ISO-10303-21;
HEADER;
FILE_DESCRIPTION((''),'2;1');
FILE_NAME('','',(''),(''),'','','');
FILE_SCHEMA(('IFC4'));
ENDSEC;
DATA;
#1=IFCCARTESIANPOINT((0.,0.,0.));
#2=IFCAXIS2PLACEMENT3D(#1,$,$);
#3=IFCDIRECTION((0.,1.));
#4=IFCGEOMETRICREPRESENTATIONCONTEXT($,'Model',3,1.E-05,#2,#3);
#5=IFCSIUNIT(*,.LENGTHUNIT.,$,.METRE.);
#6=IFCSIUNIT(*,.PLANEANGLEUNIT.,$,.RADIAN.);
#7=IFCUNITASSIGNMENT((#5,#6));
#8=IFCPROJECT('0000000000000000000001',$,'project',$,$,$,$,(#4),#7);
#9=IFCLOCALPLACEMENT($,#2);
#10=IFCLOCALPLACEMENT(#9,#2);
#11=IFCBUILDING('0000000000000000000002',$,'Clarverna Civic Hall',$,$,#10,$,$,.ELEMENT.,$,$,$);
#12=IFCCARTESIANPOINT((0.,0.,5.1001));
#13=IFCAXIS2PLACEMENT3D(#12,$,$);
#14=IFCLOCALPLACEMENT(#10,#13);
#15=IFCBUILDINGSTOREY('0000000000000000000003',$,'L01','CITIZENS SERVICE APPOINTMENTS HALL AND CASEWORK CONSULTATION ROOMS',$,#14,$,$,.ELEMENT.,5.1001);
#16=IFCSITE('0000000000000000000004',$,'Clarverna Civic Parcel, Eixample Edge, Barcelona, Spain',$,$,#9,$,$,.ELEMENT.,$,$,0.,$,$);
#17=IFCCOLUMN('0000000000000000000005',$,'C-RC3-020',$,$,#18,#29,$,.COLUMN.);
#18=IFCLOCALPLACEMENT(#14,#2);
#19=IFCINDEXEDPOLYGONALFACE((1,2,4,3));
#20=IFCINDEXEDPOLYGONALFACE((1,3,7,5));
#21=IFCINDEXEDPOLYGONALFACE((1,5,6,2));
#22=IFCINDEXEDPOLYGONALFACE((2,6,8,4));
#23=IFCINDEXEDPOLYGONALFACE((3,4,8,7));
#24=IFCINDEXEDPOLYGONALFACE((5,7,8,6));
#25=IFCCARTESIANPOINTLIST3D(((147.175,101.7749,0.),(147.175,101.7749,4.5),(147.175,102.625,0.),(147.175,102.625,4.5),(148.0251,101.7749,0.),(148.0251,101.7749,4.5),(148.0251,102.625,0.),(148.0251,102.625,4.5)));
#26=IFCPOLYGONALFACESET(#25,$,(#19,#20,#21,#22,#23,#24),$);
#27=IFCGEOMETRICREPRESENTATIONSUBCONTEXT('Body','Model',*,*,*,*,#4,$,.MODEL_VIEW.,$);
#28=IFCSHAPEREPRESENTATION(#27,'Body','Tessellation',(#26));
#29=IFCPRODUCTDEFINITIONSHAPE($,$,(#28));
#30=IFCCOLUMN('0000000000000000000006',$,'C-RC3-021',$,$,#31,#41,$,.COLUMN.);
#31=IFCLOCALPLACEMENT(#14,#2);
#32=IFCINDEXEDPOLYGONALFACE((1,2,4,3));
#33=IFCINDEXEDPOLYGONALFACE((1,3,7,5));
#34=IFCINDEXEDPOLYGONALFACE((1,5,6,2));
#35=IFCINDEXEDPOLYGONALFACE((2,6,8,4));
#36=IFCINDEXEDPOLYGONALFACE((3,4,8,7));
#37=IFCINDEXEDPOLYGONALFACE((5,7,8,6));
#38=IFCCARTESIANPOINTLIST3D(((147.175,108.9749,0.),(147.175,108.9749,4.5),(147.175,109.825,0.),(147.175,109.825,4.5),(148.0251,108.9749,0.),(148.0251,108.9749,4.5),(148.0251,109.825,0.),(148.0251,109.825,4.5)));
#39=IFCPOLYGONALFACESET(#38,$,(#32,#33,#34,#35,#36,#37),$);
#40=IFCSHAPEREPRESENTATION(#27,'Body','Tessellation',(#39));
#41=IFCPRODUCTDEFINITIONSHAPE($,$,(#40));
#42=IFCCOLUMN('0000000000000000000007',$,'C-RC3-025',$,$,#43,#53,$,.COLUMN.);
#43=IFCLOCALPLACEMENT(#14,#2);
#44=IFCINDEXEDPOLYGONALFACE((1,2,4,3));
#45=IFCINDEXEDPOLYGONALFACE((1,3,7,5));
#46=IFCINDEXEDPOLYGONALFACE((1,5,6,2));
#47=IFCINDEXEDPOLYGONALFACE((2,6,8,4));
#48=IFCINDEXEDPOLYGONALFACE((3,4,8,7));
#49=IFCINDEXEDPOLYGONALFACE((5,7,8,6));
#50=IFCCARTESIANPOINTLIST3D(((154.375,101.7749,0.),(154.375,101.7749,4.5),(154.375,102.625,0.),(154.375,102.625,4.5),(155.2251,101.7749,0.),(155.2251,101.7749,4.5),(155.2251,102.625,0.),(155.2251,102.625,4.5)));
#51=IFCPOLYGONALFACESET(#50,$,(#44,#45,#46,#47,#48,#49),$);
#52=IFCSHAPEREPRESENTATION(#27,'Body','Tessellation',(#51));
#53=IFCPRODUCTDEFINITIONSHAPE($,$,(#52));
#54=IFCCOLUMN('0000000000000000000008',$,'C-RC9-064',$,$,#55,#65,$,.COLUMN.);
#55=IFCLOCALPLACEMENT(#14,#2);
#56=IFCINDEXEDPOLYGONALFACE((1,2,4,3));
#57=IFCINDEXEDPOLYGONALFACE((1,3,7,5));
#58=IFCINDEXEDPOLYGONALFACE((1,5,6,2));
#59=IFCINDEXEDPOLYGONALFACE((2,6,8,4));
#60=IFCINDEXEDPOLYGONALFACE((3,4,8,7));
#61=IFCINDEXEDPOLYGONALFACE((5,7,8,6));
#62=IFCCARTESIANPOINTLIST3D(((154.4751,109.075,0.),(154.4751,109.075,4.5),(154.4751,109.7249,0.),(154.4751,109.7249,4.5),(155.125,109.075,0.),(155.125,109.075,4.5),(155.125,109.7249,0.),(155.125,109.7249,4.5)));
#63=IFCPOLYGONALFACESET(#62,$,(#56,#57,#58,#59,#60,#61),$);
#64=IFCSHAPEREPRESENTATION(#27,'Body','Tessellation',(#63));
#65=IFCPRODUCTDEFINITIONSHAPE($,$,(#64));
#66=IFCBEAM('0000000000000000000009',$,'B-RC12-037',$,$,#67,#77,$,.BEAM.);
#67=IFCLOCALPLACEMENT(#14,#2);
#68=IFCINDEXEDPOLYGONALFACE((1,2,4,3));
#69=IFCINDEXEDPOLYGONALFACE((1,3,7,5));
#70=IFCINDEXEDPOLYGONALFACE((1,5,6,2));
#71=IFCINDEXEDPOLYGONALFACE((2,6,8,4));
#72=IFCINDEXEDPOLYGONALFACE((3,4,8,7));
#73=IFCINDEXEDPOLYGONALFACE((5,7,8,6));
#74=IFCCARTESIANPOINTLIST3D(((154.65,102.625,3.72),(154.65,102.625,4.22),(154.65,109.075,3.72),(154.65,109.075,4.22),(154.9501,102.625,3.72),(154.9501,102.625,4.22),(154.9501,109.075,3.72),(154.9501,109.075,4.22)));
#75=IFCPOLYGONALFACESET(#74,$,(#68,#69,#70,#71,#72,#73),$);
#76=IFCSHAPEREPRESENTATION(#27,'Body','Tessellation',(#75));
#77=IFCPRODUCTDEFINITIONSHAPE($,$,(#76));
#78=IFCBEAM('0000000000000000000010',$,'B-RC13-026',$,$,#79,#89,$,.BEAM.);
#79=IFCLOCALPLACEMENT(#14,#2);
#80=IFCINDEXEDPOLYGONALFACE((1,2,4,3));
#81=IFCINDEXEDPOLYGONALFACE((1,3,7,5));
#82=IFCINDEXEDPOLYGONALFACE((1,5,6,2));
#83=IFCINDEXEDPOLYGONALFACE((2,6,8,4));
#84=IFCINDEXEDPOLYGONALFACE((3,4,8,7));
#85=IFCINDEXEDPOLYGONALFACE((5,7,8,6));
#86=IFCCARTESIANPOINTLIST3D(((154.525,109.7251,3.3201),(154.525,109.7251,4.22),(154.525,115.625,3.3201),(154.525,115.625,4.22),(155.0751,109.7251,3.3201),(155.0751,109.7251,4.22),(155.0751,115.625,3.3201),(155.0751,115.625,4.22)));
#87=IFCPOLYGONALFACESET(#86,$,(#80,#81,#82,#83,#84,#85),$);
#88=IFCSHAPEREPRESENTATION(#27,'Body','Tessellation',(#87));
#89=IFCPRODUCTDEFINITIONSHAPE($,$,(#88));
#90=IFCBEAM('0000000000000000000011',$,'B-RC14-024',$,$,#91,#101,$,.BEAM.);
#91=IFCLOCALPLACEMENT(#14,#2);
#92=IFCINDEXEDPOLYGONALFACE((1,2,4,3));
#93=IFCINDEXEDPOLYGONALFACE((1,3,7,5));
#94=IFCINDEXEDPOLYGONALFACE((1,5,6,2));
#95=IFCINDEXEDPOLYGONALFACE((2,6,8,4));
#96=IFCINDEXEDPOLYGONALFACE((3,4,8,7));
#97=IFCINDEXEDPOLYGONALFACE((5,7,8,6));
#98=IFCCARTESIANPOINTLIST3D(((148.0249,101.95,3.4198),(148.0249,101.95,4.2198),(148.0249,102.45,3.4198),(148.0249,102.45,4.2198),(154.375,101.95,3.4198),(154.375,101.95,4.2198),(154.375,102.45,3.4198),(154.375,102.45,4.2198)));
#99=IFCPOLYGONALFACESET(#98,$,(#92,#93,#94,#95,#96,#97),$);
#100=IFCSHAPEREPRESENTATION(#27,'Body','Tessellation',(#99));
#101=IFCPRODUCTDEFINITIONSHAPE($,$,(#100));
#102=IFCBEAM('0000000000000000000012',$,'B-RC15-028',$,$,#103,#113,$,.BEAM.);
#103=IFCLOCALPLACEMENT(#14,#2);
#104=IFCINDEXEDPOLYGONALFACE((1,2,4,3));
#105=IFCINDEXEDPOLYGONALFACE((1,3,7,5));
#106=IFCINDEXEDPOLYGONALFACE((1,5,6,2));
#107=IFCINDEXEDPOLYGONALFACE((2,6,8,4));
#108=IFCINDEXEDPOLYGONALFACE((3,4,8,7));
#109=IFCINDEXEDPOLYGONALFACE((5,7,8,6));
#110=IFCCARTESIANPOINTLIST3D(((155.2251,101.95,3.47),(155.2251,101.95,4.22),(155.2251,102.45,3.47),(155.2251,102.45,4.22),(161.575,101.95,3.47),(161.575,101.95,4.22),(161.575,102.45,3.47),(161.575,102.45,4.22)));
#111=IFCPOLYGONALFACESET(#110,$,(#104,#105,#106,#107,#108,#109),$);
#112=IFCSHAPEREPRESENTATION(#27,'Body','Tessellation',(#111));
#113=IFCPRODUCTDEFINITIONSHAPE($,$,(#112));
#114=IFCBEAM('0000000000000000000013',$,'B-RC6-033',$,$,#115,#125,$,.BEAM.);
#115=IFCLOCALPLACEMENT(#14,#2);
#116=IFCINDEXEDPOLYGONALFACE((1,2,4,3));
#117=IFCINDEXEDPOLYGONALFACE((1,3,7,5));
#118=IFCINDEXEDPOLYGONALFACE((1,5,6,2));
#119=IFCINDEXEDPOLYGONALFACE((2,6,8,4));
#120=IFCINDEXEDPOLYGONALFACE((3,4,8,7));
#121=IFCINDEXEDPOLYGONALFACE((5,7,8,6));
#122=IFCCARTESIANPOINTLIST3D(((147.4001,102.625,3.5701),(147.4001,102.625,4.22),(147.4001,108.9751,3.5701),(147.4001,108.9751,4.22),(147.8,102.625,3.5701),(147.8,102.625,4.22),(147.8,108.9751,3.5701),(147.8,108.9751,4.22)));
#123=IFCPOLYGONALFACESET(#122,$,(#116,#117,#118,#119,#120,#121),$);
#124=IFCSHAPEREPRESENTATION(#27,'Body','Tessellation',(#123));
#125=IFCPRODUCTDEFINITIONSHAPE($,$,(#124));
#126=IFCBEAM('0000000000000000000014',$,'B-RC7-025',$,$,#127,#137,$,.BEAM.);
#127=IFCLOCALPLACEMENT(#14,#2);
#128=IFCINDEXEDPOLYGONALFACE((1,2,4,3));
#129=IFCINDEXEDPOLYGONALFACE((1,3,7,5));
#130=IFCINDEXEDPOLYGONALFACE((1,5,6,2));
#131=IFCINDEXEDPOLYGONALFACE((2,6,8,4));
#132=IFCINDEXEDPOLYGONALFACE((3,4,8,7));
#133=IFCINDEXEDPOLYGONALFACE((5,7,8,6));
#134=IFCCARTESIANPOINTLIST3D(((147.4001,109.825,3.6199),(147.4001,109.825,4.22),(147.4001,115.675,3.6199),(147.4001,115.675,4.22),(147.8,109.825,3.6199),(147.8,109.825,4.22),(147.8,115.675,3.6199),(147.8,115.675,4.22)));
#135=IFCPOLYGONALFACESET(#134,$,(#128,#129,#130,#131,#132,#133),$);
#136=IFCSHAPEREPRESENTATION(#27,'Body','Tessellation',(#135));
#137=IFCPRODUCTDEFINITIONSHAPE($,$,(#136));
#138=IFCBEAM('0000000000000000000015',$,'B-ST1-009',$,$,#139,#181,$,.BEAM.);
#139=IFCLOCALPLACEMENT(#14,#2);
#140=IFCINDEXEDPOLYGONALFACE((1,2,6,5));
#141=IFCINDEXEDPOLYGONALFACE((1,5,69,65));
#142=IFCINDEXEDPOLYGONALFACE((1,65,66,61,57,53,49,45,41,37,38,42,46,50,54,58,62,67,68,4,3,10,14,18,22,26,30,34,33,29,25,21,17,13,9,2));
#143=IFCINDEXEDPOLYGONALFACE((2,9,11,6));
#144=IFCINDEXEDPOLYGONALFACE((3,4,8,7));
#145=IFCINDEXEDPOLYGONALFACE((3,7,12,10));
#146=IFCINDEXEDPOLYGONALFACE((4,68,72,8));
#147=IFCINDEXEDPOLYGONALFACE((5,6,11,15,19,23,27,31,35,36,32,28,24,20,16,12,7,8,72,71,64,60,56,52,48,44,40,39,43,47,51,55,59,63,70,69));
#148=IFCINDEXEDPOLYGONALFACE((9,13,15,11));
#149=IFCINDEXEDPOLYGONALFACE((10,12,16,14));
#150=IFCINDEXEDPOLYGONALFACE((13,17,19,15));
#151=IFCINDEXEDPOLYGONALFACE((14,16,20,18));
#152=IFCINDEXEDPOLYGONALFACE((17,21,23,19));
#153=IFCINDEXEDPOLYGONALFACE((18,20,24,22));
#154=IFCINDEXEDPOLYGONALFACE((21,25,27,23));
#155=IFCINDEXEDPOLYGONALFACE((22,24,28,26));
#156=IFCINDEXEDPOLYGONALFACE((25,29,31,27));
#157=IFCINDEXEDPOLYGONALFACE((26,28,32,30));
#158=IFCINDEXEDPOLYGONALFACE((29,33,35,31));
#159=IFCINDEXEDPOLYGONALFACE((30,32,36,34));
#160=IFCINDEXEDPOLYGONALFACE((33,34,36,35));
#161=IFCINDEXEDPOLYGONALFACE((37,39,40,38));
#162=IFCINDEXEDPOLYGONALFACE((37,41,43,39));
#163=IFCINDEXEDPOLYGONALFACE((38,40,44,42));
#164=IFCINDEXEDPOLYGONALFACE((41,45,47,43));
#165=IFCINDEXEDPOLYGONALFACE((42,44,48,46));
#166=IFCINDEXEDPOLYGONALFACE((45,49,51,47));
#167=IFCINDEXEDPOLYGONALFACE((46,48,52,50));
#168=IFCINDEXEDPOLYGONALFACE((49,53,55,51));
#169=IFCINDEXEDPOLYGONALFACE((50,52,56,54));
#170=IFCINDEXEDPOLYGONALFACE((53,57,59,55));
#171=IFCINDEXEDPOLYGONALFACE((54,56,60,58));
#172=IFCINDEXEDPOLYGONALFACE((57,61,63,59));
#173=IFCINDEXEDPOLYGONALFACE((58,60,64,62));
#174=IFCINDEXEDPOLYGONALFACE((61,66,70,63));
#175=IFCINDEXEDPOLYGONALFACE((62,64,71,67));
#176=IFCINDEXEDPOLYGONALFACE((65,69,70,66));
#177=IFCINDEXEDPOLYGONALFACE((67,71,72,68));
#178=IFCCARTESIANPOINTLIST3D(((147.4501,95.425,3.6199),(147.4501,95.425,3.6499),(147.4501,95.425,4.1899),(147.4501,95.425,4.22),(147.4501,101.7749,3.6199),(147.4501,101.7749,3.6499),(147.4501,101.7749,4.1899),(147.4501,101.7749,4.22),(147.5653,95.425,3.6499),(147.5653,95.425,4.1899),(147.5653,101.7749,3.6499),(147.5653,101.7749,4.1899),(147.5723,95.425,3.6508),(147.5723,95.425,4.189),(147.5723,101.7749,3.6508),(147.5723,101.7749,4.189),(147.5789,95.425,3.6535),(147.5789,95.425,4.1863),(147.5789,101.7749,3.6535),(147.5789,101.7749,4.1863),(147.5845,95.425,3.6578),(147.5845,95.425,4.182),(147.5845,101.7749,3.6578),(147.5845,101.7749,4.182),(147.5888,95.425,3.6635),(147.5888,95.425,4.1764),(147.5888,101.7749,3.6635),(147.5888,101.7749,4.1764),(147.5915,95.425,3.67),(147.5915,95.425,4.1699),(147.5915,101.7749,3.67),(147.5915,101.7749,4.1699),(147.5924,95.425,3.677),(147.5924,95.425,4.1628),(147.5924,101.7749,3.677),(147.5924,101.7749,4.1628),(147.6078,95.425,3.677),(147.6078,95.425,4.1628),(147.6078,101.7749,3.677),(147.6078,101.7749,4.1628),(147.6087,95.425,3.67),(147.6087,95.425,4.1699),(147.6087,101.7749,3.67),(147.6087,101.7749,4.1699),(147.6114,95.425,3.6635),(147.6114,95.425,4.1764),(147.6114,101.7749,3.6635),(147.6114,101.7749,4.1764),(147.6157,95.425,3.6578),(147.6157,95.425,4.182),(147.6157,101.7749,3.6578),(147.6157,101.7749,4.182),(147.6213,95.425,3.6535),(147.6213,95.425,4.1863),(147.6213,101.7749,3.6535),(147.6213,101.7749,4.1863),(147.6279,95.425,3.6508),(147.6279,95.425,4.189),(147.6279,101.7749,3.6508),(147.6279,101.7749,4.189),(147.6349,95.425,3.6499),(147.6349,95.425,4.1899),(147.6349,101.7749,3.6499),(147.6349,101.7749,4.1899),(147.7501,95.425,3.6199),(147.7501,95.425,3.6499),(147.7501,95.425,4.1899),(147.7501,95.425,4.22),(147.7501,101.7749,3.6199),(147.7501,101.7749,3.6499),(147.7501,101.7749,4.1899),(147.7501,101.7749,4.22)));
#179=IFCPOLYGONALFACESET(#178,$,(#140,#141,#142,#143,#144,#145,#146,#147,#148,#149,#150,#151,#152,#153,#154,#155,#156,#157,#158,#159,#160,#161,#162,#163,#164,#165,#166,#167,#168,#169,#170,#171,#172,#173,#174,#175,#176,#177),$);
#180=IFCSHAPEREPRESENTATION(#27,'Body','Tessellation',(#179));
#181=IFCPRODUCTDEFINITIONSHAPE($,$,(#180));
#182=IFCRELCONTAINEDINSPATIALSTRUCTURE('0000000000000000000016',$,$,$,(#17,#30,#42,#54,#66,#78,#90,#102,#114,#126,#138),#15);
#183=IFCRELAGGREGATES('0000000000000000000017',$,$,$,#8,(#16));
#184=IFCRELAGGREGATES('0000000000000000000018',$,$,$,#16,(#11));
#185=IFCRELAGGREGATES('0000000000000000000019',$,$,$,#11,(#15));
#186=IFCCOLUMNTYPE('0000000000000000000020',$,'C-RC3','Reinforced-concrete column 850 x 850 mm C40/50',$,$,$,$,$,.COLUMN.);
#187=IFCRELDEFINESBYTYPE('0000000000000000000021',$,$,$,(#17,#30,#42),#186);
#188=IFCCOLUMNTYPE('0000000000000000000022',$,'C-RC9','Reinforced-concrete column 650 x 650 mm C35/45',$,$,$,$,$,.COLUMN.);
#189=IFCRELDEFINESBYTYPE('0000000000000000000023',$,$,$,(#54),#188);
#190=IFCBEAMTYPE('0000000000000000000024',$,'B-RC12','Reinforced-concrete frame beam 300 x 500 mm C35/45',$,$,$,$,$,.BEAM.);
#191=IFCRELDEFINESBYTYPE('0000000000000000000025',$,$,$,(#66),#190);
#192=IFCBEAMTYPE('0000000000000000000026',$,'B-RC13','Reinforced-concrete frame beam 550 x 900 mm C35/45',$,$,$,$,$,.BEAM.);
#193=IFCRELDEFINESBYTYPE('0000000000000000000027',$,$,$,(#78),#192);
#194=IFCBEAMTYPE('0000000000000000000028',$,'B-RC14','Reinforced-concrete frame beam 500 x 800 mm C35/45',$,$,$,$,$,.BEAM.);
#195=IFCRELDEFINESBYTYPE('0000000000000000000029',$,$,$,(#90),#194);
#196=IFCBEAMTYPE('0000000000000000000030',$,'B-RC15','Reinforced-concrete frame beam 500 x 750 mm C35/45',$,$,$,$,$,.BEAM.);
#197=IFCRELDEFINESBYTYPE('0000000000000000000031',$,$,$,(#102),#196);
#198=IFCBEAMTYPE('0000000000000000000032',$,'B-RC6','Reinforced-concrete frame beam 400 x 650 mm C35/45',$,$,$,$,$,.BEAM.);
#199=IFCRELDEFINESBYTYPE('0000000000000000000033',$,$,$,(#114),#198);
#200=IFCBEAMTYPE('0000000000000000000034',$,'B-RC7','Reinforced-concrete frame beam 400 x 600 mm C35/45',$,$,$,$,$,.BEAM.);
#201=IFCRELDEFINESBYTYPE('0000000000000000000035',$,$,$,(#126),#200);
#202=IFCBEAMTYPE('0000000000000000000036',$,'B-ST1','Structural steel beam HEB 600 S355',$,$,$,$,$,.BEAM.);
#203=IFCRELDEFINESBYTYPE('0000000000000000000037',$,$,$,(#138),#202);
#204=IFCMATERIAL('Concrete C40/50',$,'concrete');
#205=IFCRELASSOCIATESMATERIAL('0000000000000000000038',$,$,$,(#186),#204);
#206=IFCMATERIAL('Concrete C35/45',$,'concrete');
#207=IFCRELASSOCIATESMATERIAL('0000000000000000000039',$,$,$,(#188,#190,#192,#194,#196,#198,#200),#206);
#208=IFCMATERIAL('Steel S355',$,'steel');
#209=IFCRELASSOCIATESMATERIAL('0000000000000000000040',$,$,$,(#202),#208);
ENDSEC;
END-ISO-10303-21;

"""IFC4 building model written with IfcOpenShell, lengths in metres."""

from ifc_helpers import new_model, si_unit, direction, frame, origin, origin_2d, place, context, subcontext, project, spatial, rectangle, i_section, extrude, material, material_profile, profile_set, type_object, element, save


model = new_model("IFC4")

# Units and contexts
model_context = context("Model", 3, precision=1e-05, world=origin(), true_north=direction((0.0, 1.0)))
body_context = subcontext(model_context, "Body", "Model", "MODEL_VIEW")
ifc_project = project(units=[si_unit("LENGTHUNIT", "METRE"), si_unit("PLANEANGLEUNIT", "RADIAN")], contexts=[model_context])

# Site, building, storey
site_placement = place(None, origin())
site = spatial("IfcSite", under=ifc_project, at=site_placement, Name="Clarverna Civic Parcel, Eixample Edge, Barcelona, Spain", CompositionType="ELEMENT", RefElevation=0.0)
building_placement = place(site_placement, origin())
building = spatial("IfcBuilding", under=site, at=building_placement, Name="Clarverna Civic Hall", CompositionType="ELEMENT")
storey_placement = place(building_placement, frame((0.0, 0.0, 5.1001)))
storey = spatial("IfcBuildingStorey", under=building, at=storey_placement, Name="L01", Description="CITIZENS SERVICE APPOINTMENTS HALL AND CASEWORK CONSULTATION ROOMS", CompositionType="ELEMENT", Elevation=5.1001)

# Columns
ifc_material_1 = material(Name="Concrete C40/50", Category="concrete")
ifc_material_profile_1 = material_profile(ifc_material_1, rectangle(XDim=0.8501, YDim=0.8501, at=origin_2d()), Name="RC 850x850")
ifc_profile_set_1 = profile_set([ifc_material_profile_1], Name="Concrete C40/50")
column_type_1 = type_object("IfcColumnType", Name="C-RC3", Description="Reinforced-concrete column 850 x 850 mm C40/50", PredefinedType="COLUMN", material=ifc_profile_set_1)
for number, where, z_axis, x_axis, name in (
    (1, (147.6001, 102.2, 0.0), (0.0, 0.0, 1.0), (1.0, 0.0, 0.0), "C-RC3-020"),
    (2, (147.6001, 109.3999, 0.0), (0.0, 0.0, 1.0), (1.0, 0.0, 0.0), "C-RC3-021"),
    (3, (154.8, 102.2, 0.0), (0.0, 0.0, 1.0), (1.0, 0.0, 0.0), "C-RC3-025"),
):
    element("IfcColumn", number, at=place(storey_placement, frame(where, z_axis=z_axis, x_axis=x_axis)), inside=storey, type_object=column_type_1, Name=name, PredefinedType="COLUMN", context=body_context, shape_type="SweptSolid", body=[
        extrude(rectangle(XDim=0.8501, YDim=0.8501, at=origin_2d()), origin(), (0.0, 0.0, 1.0), 4.5),
    ])
ifc_material_2 = material(Name="Concrete C35/45", Category="concrete")
ifc_material_profile_2 = material_profile(ifc_material_2, rectangle(XDim=0.6499, YDim=0.6499, at=origin_2d()), Name="RC 650x650")
ifc_profile_set_2 = profile_set([ifc_material_profile_2], Name="Concrete C35/45")
column_type_2 = type_object("IfcColumnType", Name="C-RC9", Description="Reinforced-concrete column 650 x 650 mm C35/45", PredefinedType="COLUMN", material=ifc_profile_set_2)
column_placement = place(storey_placement, frame((154.8, 109.3999, 0.0), z_axis=(0.0, 0.0, 1.0), x_axis=(1.0, 0.0, 0.0)))
element("IfcColumn", 4, at=column_placement, inside=storey, type_object=column_type_2, Name="C-RC9-064", PredefinedType="COLUMN", context=body_context, shape_type="SweptSolid", body=[
    extrude(rectangle(XDim=0.6499, YDim=0.6499, at=origin_2d()), origin(), (0.0, 0.0, 1.0), 4.5),
])

# Beams
ifc_material_profile_3 = material_profile(ifc_material_2, rectangle(XDim=0.3, YDim=0.5, at=origin_2d()), Name="RC 300x500")
ifc_profile_set_3 = profile_set([ifc_material_profile_3], Name="Concrete C35/45")
beam_type_1 = type_object("IfcBeamType", Name="B-RC12", Description="Reinforced-concrete frame beam 300 x 500 mm C35/45", PredefinedType="BEAM", material=ifc_profile_set_3)
beam_1_placement = place(storey_placement, frame((154.8, 102.625, 3.97), z_axis=(0.0, 1.0, 0.0), x_axis=(-1.0, 0.0, 0.0)))
element("IfcBeam", 5, at=beam_1_placement, inside=storey, type_object=beam_type_1, Name="B-RC12-037", PredefinedType="BEAM", context=body_context, shape_type="SweptSolid", body=[
    extrude(rectangle(XDim=0.3, YDim=0.5, at=origin_2d()), origin(), (0.0, 0.0, 1.0), 6.45),
])
ifc_material_profile_4 = material_profile(ifc_material_2, rectangle(XDim=0.55, YDim=0.8999, at=origin_2d()), Name="RC 550x900")
ifc_profile_set_4 = profile_set([ifc_material_profile_4], Name="Concrete C35/45")
beam_type_2 = type_object("IfcBeamType", Name="B-RC13", Description="Reinforced-concrete frame beam 550 x 900 mm C35/45", PredefinedType="BEAM", material=ifc_profile_set_4)
beam_2_placement = place(storey_placement, frame((154.8, 109.7251, 3.77), z_axis=(0.0, 1.0, 0.0), x_axis=(-1.0, 0.0, 0.0)))
element("IfcBeam", 6, at=beam_2_placement, inside=storey, type_object=beam_type_2, Name="B-RC13-026", PredefinedType="BEAM", context=body_context, shape_type="SweptSolid", body=[
    extrude(rectangle(XDim=0.55, YDim=0.8999, at=origin_2d()), origin(), (0.0, 0.0, 1.0), 5.8999),
])
ifc_material_profile_5 = material_profile(ifc_material_2, rectangle(XDim=0.5, YDim=0.8, at=origin_2d()), Name="RC 500x800")
ifc_profile_set_5 = profile_set([ifc_material_profile_5], Name="Concrete C35/45")
beam_type_3 = type_object("IfcBeamType", Name="B-RC14", Description="Reinforced-concrete frame beam 500 x 800 mm C35/45", PredefinedType="BEAM", material=ifc_profile_set_5)
beam_3_placement = place(storey_placement, frame((148.0249, 102.2, 3.8198), z_axis=(1.0, 0.0, 0.0), x_axis=(0.0, 1.0, 0.0)))
element("IfcBeam", 7, at=beam_3_placement, inside=storey, type_object=beam_type_3, Name="B-RC14-024", PredefinedType="BEAM", context=body_context, shape_type="SweptSolid", body=[
    extrude(rectangle(XDim=0.5, YDim=0.8, at=origin_2d()), origin(), (0.0, 0.0, 1.0), 6.3501),
])
ifc_material_profile_6 = material_profile(ifc_material_2, rectangle(XDim=0.5, YDim=0.75, at=origin_2d()), Name="RC 500x750")
ifc_profile_set_6 = profile_set([ifc_material_profile_6], Name="Concrete C35/45")
beam_type_4 = type_object("IfcBeamType", Name="B-RC15", Description="Reinforced-concrete frame beam 500 x 750 mm C35/45", PredefinedType="BEAM", material=ifc_profile_set_6)
beam_4_placement = place(storey_placement, frame((155.2251, 102.2, 3.845), z_axis=(1.0, 0.0, 0.0), x_axis=(0.0, 1.0, 0.0)))
element("IfcBeam", 8, at=beam_4_placement, inside=storey, type_object=beam_type_4, Name="B-RC15-028", PredefinedType="BEAM", context=body_context, shape_type="SweptSolid", body=[
    extrude(rectangle(XDim=0.5, YDim=0.75, at=origin_2d()), origin(), (0.0, 0.0, 1.0), 6.3499),
])
ifc_material_profile_7 = material_profile(ifc_material_2, rectangle(XDim=0.3999, YDim=0.6499, at=origin_2d()), Name="RC 400x650")
ifc_profile_set_7 = profile_set([ifc_material_profile_7], Name="Concrete C35/45")
beam_type_5 = type_object("IfcBeamType", Name="B-RC6", Description="Reinforced-concrete frame beam 400 x 650 mm C35/45", PredefinedType="BEAM", material=ifc_profile_set_7)
beam_5_placement = place(storey_placement, frame((147.6001, 102.625, 3.895), z_axis=(0.0, 1.0, 0.0), x_axis=(-1.0, 0.0, 0.0)))
element("IfcBeam", 9, at=beam_5_placement, inside=storey, type_object=beam_type_5, Name="B-RC6-033", PredefinedType="BEAM", context=body_context, shape_type="SweptSolid", body=[
    extrude(rectangle(XDim=0.3999, YDim=0.6499, at=origin_2d()), origin(), (0.0, 0.0, 1.0), 6.3501),
])
ifc_material_profile_8 = material_profile(ifc_material_2, rectangle(XDim=0.3999, YDim=0.6001, at=origin_2d()), Name="RC 400x600")
ifc_profile_set_8 = profile_set([ifc_material_profile_8], Name="Concrete C35/45")
beam_type_6 = type_object("IfcBeamType", Name="B-RC7", Description="Reinforced-concrete frame beam 400 x 600 mm C35/45", PredefinedType="BEAM", material=ifc_profile_set_8)
beam_6_placement = place(storey_placement, frame((147.6001, 109.825, 3.9199), z_axis=(0.0, 1.0, 0.0), x_axis=(-1.0, 0.0, 0.0)))
element("IfcBeam", 10, at=beam_6_placement, inside=storey, type_object=beam_type_6, Name="B-RC7-025", PredefinedType="BEAM", context=body_context, shape_type="SweptSolid", body=[
    extrude(rectangle(XDim=0.3999, YDim=0.6001, at=origin_2d()), origin(), (0.0, 0.0, 1.0), 5.8501),
])
ifc_material_3 = material(Name="Steel S355", Category="steel")
ifc_material_profile_9 = material_profile(ifc_material_3, i_section(OverallWidth=0.3, OverallDepth=0.6001, WebThickness=0.0154, FlangeThickness=0.03, FilletRadius=0.0271, at=origin_2d()), Name="HEB 600")
ifc_profile_set_9 = profile_set([ifc_material_profile_9], Name="Steel S355")
beam_type_7 = type_object("IfcBeamType", Name="B-ST1", Description="Structural steel beam HEB 600 S355", PredefinedType="BEAM", material=ifc_profile_set_9)
beam_7_placement = place(storey_placement, frame((147.6001, 95.425, 3.9199), z_axis=(0.0, 1.0, 0.0), x_axis=(-1.0, 0.0, 0.0)))
element("IfcBeam", 11, at=beam_7_placement, inside=storey, type_object=beam_type_7, Name="B-ST1-009", PredefinedType="BEAM", context=body_context, shape_type="SweptSolid", body=[
    extrude(i_section(OverallWidth=0.3, OverallDepth=0.6001, WebThickness=0.0154, FlangeThickness=0.03, FilletRadius=0.0271, at=origin_2d()), origin(), (0.0, 0.0, 1.0), 6.3499),
])

save(model, "model.ifc")
